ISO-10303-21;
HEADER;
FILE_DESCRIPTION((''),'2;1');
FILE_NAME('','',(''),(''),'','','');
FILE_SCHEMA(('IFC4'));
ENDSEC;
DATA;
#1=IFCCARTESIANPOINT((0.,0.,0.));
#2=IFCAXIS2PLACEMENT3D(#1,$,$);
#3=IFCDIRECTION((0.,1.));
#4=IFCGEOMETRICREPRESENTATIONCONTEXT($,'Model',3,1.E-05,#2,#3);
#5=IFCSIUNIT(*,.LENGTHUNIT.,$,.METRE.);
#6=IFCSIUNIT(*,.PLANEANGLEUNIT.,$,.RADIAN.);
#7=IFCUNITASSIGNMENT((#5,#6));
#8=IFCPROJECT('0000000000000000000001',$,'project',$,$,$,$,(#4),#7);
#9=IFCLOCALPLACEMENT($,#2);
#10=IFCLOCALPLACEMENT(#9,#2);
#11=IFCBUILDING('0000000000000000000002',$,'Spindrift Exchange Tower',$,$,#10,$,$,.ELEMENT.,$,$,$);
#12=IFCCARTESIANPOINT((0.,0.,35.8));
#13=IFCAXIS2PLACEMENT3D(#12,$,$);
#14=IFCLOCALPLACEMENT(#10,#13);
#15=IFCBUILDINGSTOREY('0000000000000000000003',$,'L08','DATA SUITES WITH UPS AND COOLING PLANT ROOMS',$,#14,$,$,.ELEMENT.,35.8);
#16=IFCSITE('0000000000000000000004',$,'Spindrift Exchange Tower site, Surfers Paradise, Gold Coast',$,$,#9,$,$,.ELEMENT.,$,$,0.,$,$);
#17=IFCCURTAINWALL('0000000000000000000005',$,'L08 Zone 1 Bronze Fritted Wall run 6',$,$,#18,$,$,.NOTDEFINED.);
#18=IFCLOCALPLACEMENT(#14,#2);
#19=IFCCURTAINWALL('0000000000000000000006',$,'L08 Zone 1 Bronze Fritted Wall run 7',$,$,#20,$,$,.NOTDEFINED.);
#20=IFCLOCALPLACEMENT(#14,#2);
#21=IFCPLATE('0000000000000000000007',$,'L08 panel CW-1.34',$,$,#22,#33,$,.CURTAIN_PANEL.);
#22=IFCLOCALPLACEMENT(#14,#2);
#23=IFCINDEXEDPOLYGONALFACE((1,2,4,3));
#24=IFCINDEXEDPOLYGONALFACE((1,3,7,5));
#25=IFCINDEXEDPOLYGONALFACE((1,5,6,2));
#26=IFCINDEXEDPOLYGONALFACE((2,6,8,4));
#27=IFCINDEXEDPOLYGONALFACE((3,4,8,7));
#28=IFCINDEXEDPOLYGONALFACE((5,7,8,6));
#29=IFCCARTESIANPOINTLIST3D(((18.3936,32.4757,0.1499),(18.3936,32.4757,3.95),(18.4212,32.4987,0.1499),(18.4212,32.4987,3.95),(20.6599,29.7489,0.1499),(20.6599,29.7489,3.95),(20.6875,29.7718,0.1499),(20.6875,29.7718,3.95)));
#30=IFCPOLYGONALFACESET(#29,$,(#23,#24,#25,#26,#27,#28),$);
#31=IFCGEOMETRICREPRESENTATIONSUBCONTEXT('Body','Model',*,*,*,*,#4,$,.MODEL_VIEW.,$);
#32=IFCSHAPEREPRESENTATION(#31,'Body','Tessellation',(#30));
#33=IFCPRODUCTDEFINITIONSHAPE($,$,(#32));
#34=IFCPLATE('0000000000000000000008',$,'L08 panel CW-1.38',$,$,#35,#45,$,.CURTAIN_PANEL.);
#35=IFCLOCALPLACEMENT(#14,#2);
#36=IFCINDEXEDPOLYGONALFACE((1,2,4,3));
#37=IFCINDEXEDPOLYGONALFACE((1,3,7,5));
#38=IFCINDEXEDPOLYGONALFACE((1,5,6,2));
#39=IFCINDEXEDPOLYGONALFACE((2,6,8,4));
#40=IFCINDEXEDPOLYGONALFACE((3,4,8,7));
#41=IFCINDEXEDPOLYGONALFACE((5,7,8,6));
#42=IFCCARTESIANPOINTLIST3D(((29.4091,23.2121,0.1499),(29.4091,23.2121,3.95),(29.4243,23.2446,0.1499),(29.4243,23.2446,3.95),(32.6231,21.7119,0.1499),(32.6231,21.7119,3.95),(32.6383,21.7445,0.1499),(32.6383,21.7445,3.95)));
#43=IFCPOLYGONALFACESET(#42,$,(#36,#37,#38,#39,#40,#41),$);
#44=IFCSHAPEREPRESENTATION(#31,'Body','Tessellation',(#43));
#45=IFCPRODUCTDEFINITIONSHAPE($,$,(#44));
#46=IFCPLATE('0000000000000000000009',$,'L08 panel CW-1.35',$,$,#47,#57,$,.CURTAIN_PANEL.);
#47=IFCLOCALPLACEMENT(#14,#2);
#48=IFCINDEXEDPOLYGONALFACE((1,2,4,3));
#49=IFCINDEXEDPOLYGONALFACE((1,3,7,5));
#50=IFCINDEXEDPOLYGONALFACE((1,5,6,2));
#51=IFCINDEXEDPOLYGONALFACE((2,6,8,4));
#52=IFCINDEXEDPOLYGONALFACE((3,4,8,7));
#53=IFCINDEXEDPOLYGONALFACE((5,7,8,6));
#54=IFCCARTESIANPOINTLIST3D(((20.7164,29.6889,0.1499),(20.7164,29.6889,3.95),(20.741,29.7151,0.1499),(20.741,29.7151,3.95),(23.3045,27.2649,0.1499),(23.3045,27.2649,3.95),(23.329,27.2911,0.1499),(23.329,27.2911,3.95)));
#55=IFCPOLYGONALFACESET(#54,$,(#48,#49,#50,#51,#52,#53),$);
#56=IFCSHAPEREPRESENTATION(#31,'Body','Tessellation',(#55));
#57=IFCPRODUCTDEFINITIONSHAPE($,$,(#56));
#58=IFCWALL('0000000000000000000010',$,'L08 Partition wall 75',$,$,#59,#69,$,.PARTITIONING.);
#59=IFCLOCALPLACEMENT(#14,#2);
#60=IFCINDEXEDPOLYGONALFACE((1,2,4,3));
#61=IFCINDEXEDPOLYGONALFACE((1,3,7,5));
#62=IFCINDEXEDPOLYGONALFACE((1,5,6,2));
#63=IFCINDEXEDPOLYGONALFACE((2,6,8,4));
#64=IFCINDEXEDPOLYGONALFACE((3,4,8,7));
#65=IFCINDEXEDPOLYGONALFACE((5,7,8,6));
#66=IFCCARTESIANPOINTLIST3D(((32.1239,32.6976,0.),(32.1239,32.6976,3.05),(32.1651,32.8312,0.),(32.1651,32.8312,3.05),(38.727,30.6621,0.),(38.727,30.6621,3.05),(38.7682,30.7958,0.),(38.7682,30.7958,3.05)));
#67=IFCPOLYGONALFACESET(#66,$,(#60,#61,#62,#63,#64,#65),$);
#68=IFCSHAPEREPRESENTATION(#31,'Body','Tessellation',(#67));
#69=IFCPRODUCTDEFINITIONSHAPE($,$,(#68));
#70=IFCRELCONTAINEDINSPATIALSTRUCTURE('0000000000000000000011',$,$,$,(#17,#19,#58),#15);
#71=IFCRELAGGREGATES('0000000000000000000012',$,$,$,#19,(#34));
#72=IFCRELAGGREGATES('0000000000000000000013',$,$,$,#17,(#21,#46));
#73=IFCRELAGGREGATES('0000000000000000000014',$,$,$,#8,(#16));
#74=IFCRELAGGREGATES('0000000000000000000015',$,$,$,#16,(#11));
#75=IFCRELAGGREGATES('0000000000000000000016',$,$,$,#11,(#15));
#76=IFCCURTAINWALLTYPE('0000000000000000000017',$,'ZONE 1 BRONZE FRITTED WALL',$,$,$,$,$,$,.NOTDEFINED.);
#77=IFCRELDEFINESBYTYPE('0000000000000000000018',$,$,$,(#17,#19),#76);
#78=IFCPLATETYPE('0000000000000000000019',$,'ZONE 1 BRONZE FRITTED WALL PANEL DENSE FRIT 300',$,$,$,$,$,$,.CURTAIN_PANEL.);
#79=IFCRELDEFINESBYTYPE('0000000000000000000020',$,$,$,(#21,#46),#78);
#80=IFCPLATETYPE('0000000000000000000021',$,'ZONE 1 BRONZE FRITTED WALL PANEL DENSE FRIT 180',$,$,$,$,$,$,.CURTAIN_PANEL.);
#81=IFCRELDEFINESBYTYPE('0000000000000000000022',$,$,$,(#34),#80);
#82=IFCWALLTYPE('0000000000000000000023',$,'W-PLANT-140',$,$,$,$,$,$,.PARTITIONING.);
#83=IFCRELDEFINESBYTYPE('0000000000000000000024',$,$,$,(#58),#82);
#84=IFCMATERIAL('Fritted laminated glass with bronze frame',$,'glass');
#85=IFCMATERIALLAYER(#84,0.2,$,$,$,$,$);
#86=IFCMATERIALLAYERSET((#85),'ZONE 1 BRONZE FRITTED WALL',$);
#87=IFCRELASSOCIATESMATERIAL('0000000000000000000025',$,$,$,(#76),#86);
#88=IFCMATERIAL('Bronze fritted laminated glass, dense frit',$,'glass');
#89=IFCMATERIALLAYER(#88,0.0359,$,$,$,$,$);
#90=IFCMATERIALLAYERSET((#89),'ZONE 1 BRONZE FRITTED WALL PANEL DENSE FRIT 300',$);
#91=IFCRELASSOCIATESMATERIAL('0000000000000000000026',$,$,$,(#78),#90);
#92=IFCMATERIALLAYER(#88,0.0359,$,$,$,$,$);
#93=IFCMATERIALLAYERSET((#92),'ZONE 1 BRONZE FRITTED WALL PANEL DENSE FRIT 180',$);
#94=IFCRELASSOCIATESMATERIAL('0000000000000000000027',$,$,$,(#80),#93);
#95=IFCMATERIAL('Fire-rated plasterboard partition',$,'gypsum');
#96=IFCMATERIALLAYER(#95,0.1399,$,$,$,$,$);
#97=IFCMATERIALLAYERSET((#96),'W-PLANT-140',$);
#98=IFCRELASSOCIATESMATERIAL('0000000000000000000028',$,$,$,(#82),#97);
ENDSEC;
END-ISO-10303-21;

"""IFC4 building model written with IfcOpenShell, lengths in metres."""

from ifc_helpers import new_model, si_unit, direction, frame, frame_2d, origin, origin_2d, place, context, subcontext, project, spatial, rectangle, extrude, source, transform, mapped, material, layer, layer_set, type_object, element, aggregate, save


model = new_model("IFC4")

# Units and contexts
model_context = context("Model", 3, precision=1e-05, world=origin(), true_north=direction((0.0, 1.0)))
body_context = subcontext(model_context, "Body", "Model", "MODEL_VIEW")
ifc_project = project(units=[si_unit("LENGTHUNIT", "METRE"), si_unit("PLANEANGLEUNIT", "RADIAN")], contexts=[model_context])

# Site, building, storey
site_placement = place(None, origin())
site = spatial("IfcSite", under=ifc_project, at=site_placement, Name="Spindrift Exchange Tower site, Surfers Paradise, Gold Coast", CompositionType="ELEMENT", RefElevation=0.0)
building_placement = place(site_placement, origin())
building = spatial("IfcBuilding", under=site, at=building_placement, Name="Spindrift Exchange Tower", CompositionType="ELEMENT")
storey_placement = place(building_placement, frame((0.0, 0.0, 35.8)))
storey = spatial("IfcBuildingStorey", under=building, at=storey_placement, Name="L08", Description="DATA SUITES WITH UPS AND COOLING PLANT ROOMS", CompositionType="ELEMENT", Elevation=35.8)

# Curtain walls
ifc_material_1 = material(Name="Fritted laminated glass with bronze frame", Category="glass")
ifc_layer_1 = layer(ifc_material_1, 0.2)
ifc_layer_set_1 = layer_set([ifc_layer_1], Name="ZONE 1 BRONZE FRITTED WALL")
curtain_wall_type = type_object("IfcCurtainWallType", Name="ZONE 1 BRONZE FRITTED WALL", PredefinedType="NOTDEFINED", material=ifc_layer_set_1)
curtain_wall_1_placement = place(storey_placement, origin())
curtain_wall_1 = element("IfcCurtainWall", 1, at=curtain_wall_1_placement, inside=storey, type_object=curtain_wall_type, Name="L08 Zone 1 Bronze Fritted Wall run 6", PredefinedType="NOTDEFINED")
curtain_wall_2_placement = place(storey_placement, origin())
curtain_wall_2 = element("IfcCurtainWall", 2, at=curtain_wall_2_placement, inside=storey, type_object=curtain_wall_type, Name="L08 Zone 1 Bronze Fritted Wall run 7", PredefinedType="NOTDEFINED")

# Plates
ifc_material_2 = material(Name="Bronze fritted laminated glass, dense frit", Category="glass")
ifc_layer_2 = layer(ifc_material_2, 0.0359)
ifc_layer_set_2 = layer_set([ifc_layer_2], Name="ZONE 1 BRONZE FRITTED WALL PANEL DENSE FRIT 300")
plate_type_1 = type_object("IfcPlateType", Name="ZONE 1 BRONZE FRITTED WALL PANEL DENSE FRIT 300", PredefinedType="CURTAIN_PANEL", material=ifc_layer_set_2)
shared_shape_1 = source(origin(), body_context, "Body", "SweptSolid", [
    extrude(rectangle(XDim=3.5457, YDim=0.0359, at=origin_2d()), origin(), (0.0, 0.0, 1.0), 3.8),
])
plate_1_placement = place(storey_placement, frame((19.5405, 31.1238, 0.1499), z_axis=(0.0, 0.0, 1.0), x_axis=(0.639164, -0.769071, 0.0)))
plate_1 = element("IfcPlate", 3, at=plate_1_placement, type_object=plate_type_1, Name="L08 panel CW-1.34", PredefinedType="CURTAIN_PANEL", context=body_context, shape_type="MappedRepresentation", body=[
    mapped(shared_shape_1, transform((0.0, 0.0, 0.0), scale=1.0)),
])
ifc_layer_3 = layer(ifc_material_2, 0.0359)
ifc_layer_set_3 = layer_set([ifc_layer_3], Name="ZONE 1 BRONZE FRITTED WALL PANEL DENSE FRIT 180")
plate_type_2 = type_object("IfcPlateType", Name="ZONE 1 BRONZE FRITTED WALL PANEL DENSE FRIT 180", PredefinedType="CURTAIN_PANEL", material=ifc_layer_set_3)
shared_shape_2 = source(origin(), body_context, "Body", "SweptSolid", [
    extrude(rectangle(XDim=3.5469, YDim=0.0359, at=origin_2d()), origin(), (0.0, 0.0, 1.0), 3.8),
])
plate_2_placement = place(storey_placement, frame((31.0237, 22.4783, 0.1499), z_axis=(0.0, 0.0, 1.0), x_axis=(0.906151, -0.422954, 0.0)))
plate_2 = element("IfcPlate", 4, at=plate_2_placement, type_object=plate_type_2, Name="L08 panel CW-1.38", PredefinedType="CURTAIN_PANEL", context=body_context, shape_type="MappedRepresentation", body=[
    mapped(shared_shape_2, transform((0.0, 0.0, 0.0), scale=1.0)),
])
aggregate(curtain_wall_2, [plate_2])
shared_shape_3 = source(origin(), body_context, "Body", "SweptSolid", [
    extrude(rectangle(XDim=3.5459, YDim=0.0359, at=origin_2d()), origin(), (0.0, 0.0, 1.0), 3.8),
])
plate_3_placement = place(storey_placement, frame((22.0227, 28.49, 0.1499), z_axis=(0.0, 0.0, 1.0), x_axis=(0.729866, -0.68359, 0.0)))
plate_3 = element("IfcPlate", 5, at=plate_3_placement, type_object=plate_type_1, Name="L08 panel CW-1.35", PredefinedType="CURTAIN_PANEL", context=body_context, shape_type="MappedRepresentation", body=[
    mapped(shared_shape_3, transform((0.0, 0.0, 0.0), scale=1.0)),
])
aggregate(curtain_wall_1, [plate_1, plate_3])

# Wall
ifc_material_3 = material(Name="Fire-rated plasterboard partition", Category="gypsum")
ifc_layer_4 = layer(ifc_material_3, 0.1399)
ifc_layer_set_4 = layer_set([ifc_layer_4], Name="W-PLANT-140")
wall_type = type_object("IfcWallType", Name="W-PLANT-140", PredefinedType="PARTITIONING", material=ifc_layer_set_4)
wall_placement = place(storey_placement, frame((32.1445, 32.7644, 0.0), z_axis=(0.0, 0.0, 1.0), x_axis=(0.955628, -0.294575, 0.0)))
element("IfcWall", 6, at=wall_placement, inside=storey, type_object=wall_type, Name="L08 Partition wall 75", PredefinedType="PARTITIONING", context=body_context, shape_type="SweptSolid", body=[
    extrude(rectangle(XDim=6.9097, YDim=0.1399, at=frame_2d((3.4548, 0.0))), origin(), (0.0, 0.0, 1.0), 3.05),
])

save(model, "model.ifc")
